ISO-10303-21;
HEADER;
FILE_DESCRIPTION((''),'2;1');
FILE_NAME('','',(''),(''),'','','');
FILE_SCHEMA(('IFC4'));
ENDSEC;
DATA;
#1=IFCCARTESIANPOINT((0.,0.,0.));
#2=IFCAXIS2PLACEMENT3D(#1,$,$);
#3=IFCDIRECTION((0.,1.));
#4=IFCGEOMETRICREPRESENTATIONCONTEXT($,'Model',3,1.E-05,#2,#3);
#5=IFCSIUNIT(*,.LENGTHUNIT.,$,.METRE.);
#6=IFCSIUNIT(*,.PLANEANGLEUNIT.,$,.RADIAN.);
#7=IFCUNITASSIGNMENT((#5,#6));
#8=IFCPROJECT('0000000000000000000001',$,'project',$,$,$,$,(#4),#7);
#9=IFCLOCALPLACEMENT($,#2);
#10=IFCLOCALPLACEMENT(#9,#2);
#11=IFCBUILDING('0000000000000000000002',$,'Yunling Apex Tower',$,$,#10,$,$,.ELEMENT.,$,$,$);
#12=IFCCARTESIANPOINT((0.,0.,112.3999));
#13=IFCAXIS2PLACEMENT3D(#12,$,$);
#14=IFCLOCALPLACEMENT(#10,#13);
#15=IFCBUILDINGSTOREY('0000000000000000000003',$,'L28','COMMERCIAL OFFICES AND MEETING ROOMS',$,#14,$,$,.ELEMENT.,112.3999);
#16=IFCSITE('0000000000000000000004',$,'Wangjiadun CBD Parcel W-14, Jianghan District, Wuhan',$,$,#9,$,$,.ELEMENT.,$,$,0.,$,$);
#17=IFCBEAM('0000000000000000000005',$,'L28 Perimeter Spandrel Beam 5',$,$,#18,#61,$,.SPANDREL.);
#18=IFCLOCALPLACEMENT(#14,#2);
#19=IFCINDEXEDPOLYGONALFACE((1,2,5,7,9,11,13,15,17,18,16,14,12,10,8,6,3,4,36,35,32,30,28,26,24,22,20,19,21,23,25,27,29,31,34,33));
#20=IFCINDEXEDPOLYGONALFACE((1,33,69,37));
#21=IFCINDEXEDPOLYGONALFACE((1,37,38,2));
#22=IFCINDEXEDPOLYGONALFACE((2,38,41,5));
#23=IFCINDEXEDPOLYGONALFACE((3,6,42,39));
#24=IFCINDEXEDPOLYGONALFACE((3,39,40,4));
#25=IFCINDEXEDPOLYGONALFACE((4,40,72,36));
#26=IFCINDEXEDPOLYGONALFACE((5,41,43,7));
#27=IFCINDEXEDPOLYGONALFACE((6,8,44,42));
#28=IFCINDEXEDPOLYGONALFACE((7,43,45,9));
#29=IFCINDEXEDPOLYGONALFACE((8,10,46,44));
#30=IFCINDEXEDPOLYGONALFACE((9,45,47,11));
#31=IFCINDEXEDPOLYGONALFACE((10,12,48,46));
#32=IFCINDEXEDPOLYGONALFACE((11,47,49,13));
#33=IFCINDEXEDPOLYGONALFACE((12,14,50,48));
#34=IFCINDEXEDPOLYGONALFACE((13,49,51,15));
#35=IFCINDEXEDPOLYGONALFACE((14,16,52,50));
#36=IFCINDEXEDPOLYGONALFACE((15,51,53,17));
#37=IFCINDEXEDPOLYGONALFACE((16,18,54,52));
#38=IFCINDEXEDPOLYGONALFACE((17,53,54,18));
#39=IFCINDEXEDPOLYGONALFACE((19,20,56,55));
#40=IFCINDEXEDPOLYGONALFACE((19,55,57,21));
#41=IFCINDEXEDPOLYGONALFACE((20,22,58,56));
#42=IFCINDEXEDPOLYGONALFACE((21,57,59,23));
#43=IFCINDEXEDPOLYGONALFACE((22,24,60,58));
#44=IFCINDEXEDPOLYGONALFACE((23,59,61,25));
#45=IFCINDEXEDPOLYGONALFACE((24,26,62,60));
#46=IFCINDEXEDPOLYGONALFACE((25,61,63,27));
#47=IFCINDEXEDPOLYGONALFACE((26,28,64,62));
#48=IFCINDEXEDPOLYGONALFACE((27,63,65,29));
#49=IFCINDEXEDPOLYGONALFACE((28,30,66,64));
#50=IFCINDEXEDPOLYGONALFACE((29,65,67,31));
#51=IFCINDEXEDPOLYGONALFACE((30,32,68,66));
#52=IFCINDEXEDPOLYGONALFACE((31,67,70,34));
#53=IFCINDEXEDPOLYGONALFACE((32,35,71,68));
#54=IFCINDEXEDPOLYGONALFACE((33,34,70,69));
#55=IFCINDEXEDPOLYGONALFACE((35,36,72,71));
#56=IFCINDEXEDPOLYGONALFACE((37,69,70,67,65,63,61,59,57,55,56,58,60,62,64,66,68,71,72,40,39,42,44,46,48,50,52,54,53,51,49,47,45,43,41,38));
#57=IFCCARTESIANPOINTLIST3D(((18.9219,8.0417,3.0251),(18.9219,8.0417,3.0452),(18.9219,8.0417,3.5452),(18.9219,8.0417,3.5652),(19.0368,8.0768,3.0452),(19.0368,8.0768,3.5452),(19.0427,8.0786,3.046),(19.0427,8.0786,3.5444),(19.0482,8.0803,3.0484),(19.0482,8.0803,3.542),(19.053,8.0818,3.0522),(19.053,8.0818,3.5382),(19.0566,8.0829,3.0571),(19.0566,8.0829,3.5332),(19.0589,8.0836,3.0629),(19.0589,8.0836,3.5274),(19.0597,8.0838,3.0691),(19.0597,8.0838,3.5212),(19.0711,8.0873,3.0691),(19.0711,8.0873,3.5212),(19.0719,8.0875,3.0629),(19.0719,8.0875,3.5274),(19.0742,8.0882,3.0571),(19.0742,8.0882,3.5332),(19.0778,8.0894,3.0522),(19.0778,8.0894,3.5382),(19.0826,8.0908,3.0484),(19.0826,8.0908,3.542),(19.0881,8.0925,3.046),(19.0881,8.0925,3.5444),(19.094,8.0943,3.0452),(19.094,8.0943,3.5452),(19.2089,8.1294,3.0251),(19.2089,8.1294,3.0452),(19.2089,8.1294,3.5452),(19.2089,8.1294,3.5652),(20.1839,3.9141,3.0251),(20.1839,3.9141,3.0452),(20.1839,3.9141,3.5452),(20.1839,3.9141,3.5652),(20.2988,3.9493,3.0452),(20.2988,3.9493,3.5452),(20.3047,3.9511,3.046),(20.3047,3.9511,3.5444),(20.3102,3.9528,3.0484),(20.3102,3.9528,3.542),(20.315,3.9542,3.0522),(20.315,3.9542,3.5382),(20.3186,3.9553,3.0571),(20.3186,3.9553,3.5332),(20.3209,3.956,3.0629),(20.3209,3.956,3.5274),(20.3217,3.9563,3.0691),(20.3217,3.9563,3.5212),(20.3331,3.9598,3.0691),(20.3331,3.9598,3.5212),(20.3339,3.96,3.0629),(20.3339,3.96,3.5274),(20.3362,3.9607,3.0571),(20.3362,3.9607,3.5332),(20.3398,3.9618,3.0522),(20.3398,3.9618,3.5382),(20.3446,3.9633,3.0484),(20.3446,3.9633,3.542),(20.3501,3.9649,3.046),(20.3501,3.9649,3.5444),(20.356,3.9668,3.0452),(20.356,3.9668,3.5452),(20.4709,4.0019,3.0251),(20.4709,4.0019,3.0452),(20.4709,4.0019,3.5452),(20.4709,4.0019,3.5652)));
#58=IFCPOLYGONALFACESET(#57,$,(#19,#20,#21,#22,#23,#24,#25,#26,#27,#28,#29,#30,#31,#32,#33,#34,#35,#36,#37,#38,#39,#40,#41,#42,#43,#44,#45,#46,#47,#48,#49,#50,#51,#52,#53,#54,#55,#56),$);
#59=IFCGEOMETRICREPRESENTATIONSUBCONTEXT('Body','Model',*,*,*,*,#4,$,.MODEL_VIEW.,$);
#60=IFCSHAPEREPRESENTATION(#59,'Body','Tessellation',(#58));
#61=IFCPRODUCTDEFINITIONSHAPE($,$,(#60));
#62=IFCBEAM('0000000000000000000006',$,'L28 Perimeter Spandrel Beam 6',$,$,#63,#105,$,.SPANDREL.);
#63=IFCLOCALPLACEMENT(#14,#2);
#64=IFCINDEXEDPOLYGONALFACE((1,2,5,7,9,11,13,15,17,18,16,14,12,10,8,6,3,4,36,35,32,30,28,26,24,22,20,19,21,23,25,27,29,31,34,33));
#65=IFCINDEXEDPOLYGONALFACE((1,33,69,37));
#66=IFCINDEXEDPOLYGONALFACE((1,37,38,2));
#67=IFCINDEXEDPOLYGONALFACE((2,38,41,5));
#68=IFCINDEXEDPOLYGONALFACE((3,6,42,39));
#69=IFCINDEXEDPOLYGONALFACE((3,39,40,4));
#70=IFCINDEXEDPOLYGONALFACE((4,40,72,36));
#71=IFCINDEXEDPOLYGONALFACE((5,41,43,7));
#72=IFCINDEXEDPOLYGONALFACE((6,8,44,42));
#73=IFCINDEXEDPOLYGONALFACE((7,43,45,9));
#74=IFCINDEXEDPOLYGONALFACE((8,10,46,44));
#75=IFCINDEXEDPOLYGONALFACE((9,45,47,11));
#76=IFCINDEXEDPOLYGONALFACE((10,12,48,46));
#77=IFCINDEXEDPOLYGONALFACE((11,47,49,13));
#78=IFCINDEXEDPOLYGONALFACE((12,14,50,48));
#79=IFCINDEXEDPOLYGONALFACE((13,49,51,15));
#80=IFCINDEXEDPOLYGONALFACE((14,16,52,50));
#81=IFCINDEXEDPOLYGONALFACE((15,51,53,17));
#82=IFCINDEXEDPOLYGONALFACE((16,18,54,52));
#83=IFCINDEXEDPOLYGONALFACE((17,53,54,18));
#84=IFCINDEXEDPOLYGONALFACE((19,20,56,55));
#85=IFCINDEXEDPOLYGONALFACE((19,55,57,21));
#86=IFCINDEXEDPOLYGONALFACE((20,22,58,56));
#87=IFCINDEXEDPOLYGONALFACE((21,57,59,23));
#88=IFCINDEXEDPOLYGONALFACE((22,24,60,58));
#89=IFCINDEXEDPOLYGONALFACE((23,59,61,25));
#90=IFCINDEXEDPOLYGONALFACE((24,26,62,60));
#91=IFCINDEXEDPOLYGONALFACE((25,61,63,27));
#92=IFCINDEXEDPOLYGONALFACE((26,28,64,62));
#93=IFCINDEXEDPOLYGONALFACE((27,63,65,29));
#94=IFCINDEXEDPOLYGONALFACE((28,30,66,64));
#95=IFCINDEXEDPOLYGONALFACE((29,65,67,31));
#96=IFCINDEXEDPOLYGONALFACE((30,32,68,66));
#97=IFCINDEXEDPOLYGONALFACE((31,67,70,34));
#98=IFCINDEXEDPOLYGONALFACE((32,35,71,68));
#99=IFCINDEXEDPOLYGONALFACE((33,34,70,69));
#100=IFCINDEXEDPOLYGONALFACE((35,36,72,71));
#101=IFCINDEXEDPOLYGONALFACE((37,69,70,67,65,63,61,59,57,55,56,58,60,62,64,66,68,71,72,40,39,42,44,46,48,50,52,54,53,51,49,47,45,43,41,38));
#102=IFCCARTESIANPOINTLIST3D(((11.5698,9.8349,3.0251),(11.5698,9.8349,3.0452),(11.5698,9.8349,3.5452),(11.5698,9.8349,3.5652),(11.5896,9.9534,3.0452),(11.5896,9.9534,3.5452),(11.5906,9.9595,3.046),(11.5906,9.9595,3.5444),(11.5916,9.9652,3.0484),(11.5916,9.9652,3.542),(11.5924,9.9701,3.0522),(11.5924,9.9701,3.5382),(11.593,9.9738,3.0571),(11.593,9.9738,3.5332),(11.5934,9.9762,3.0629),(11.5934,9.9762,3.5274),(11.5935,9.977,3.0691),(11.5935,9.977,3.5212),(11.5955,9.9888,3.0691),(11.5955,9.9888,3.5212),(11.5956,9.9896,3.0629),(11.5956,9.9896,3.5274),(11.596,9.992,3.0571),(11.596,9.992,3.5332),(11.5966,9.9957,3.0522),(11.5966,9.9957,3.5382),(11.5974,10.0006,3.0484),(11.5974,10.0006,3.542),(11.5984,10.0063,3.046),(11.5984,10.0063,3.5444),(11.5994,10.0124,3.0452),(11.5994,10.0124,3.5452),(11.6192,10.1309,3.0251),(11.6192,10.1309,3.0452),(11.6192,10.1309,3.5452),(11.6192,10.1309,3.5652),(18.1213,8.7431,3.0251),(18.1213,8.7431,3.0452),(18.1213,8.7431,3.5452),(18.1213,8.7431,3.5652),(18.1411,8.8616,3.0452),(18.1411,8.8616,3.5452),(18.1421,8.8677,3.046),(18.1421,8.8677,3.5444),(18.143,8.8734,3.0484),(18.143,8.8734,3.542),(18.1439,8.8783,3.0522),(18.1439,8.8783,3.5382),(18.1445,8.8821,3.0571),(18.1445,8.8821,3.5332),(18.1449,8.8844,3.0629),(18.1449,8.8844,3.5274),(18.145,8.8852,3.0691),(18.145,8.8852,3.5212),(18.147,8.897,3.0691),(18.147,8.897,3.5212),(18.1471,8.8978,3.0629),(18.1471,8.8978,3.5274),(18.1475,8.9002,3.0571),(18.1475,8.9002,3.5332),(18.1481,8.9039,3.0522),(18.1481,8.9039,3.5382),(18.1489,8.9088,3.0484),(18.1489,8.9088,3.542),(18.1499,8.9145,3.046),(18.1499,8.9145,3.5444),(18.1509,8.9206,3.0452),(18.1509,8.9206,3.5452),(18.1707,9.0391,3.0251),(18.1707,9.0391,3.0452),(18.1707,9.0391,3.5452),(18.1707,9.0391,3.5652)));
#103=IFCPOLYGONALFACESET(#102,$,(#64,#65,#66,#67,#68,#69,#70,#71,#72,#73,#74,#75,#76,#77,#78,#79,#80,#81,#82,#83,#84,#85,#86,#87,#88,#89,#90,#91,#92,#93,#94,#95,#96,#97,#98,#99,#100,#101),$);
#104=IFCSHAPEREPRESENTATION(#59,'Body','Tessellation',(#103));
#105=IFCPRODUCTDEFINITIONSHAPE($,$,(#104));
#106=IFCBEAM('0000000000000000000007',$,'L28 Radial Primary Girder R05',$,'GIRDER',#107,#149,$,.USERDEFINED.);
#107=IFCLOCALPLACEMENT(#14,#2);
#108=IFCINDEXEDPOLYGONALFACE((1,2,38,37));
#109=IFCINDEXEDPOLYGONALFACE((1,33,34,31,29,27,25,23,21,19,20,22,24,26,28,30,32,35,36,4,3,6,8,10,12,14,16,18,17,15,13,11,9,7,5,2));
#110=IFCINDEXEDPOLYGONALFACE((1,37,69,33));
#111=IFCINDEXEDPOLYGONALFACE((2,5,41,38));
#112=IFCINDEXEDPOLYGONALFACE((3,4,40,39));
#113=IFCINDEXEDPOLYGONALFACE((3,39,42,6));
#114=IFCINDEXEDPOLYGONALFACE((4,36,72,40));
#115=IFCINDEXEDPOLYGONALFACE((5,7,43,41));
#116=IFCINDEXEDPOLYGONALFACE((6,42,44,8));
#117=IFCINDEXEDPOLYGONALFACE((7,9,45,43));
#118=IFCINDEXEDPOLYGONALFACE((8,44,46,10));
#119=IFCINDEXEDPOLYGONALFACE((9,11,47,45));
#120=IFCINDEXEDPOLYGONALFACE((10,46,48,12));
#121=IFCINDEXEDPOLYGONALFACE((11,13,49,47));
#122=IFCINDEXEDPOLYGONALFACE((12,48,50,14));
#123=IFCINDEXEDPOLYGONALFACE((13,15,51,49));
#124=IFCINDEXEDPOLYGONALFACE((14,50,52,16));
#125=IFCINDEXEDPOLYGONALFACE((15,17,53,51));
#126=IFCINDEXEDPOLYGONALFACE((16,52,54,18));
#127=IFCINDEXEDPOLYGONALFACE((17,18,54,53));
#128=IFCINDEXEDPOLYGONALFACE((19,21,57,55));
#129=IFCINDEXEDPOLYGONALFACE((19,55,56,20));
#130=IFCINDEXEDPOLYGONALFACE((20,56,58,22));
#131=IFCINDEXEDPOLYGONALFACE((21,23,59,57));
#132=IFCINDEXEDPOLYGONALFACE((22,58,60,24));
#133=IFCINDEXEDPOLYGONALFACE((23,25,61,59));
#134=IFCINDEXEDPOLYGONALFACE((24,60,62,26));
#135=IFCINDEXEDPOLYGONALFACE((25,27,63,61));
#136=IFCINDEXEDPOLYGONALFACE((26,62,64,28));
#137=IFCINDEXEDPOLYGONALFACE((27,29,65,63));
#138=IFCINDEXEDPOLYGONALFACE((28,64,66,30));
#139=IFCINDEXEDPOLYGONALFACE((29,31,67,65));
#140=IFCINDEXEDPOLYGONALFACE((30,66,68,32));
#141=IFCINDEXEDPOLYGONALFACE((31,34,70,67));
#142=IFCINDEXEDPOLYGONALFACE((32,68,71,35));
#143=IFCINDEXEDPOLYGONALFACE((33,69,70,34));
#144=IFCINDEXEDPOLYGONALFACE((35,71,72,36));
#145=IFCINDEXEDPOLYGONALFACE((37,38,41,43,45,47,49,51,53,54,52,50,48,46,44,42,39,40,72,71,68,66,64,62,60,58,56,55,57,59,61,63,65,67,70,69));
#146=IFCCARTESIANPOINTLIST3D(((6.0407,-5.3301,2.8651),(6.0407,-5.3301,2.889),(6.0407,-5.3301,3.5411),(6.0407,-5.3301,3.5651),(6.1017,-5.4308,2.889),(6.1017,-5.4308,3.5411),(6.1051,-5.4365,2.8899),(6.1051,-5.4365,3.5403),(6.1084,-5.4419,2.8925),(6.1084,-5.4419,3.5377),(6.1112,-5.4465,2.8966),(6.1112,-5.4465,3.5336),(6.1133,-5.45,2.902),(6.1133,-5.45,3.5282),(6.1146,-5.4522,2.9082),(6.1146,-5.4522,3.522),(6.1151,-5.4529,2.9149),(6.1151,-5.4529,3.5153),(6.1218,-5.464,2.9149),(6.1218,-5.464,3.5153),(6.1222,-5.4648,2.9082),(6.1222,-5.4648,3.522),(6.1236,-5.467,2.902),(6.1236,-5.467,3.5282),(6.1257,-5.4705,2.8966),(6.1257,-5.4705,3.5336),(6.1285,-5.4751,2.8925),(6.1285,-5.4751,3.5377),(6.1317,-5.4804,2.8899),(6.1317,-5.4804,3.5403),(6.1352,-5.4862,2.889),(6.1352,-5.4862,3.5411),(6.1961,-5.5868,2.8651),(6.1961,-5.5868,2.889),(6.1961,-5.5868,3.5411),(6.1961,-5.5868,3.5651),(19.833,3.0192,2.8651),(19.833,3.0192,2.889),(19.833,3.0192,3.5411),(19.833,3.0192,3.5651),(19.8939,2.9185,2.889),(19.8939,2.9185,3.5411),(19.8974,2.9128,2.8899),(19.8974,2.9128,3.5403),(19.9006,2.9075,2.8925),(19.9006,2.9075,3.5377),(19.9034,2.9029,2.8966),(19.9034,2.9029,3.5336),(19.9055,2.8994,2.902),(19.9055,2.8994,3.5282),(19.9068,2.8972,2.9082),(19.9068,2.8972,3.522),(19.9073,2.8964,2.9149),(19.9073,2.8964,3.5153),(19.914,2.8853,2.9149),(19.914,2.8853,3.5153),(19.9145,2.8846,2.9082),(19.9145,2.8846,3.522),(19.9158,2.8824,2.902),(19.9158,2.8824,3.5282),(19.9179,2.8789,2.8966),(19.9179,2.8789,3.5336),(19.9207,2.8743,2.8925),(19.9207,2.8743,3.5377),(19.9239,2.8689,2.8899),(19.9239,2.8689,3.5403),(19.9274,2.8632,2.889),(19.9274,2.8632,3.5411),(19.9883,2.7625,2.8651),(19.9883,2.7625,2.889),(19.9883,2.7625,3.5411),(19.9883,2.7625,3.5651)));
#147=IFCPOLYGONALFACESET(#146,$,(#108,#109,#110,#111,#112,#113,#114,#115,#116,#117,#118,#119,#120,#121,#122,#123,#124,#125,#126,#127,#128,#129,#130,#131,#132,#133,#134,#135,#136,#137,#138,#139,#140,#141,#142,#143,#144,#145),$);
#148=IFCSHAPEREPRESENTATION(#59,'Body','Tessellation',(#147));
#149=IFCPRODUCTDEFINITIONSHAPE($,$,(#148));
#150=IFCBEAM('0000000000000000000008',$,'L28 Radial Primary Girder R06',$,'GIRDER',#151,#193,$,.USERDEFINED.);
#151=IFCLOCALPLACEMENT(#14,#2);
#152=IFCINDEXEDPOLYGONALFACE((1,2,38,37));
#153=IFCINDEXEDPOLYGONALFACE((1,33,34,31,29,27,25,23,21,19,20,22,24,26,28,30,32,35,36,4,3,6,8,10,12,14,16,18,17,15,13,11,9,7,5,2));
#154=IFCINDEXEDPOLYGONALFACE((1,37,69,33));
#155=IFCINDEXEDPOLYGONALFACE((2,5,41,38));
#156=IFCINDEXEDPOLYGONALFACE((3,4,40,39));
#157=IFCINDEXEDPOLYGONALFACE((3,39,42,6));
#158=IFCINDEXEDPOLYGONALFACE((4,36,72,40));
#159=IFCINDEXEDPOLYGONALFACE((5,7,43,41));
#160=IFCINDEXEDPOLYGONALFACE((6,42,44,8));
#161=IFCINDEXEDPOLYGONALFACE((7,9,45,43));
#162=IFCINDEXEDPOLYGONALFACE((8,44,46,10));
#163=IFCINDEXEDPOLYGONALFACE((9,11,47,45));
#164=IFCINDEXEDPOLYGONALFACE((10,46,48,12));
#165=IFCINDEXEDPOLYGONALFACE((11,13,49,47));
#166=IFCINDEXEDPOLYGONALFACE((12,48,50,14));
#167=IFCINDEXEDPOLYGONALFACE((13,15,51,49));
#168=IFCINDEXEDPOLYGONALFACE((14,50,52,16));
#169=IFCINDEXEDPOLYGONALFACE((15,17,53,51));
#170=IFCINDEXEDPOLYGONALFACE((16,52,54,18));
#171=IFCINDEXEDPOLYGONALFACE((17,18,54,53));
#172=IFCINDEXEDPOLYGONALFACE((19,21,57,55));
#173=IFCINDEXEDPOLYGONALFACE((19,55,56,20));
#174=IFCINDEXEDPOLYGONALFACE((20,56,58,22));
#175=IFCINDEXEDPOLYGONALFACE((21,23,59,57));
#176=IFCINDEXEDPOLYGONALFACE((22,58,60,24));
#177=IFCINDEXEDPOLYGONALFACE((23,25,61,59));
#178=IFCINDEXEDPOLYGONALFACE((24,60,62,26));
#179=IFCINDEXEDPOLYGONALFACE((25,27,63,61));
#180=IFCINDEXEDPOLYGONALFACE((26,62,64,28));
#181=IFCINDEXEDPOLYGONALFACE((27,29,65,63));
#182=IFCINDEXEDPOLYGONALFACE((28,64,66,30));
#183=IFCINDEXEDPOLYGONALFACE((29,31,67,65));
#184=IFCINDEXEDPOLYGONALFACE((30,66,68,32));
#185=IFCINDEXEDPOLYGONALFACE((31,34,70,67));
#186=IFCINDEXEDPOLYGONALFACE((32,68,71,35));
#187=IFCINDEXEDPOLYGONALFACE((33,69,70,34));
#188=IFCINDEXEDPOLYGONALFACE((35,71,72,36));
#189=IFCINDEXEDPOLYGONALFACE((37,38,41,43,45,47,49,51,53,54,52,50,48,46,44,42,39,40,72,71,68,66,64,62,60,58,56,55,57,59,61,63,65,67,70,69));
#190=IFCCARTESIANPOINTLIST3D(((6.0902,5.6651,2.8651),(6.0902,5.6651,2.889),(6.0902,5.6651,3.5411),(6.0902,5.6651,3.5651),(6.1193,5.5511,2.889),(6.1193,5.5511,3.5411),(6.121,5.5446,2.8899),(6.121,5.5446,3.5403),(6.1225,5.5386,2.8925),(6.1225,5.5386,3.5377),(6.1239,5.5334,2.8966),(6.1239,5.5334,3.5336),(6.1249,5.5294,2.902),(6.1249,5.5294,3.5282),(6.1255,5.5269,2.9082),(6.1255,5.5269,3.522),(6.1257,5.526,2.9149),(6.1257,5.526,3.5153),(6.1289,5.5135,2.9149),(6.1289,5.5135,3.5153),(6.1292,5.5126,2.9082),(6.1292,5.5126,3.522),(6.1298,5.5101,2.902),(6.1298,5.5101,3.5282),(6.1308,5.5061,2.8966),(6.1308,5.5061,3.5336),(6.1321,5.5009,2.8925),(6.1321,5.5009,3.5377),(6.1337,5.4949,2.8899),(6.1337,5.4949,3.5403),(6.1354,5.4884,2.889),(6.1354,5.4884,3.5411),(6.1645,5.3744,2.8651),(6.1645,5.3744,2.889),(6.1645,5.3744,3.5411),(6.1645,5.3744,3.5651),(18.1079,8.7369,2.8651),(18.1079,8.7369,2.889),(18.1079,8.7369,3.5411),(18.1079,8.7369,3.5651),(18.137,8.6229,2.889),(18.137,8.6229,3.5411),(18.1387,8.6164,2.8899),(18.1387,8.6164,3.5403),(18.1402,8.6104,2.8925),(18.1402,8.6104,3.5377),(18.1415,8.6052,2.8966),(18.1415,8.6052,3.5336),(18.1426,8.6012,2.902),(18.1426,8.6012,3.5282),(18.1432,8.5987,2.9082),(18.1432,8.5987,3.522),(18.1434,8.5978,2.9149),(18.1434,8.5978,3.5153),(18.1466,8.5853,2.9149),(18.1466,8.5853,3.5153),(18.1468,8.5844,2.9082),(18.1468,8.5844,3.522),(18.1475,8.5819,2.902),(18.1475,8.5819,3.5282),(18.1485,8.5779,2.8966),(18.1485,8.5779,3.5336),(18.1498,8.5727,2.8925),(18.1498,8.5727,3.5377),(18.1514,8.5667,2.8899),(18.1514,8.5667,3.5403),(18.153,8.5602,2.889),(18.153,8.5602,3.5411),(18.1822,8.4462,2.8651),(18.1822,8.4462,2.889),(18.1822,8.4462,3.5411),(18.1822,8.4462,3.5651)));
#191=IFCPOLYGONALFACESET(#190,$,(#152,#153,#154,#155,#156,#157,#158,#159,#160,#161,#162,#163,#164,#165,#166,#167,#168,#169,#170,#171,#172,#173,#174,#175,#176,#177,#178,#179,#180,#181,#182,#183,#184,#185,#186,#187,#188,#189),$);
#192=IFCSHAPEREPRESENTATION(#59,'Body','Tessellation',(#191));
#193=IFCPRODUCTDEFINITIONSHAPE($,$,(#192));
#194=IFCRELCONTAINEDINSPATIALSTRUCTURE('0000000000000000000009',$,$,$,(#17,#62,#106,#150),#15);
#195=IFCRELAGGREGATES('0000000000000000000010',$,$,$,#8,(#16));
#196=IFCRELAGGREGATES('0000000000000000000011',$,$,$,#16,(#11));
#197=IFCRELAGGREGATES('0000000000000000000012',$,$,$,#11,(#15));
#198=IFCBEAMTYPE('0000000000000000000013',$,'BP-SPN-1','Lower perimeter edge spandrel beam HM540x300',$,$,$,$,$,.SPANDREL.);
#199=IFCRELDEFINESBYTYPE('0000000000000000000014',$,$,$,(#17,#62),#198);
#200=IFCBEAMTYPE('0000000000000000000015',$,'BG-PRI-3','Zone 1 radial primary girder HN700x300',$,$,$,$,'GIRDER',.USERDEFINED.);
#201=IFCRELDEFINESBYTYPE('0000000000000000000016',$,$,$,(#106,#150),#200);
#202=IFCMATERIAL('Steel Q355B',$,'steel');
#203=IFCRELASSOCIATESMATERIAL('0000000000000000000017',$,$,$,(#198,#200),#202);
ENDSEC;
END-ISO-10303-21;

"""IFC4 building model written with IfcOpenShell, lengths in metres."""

from ifc_helpers import new_model, si_unit, direction, frame, origin, origin_2d, place, context, subcontext, project, spatial, i_section, extrude, source, transform, mapped, material, material_profile, profile_set, type_object, element, save


model = new_model("IFC4")

# Units and contexts
model_context = context("Model", 3, precision=1e-05, world=origin(), true_north=direction((0.0, 1.0)))
body_context = subcontext(model_context, "Body", "Model", "MODEL_VIEW")
ifc_project = project(units=[si_unit("LENGTHUNIT", "METRE"), si_unit("PLANEANGLEUNIT", "RADIAN")], contexts=[model_context])

# Site, building, storey
site_placement = place(None, origin())
site = spatial("IfcSite", under=ifc_project, at=site_placement, Name="Wangjiadun CBD Parcel W-14, Jianghan District, Wuhan", CompositionType="ELEMENT", RefElevation=0.0)
building_placement = place(site_placement, origin())
building = spatial("IfcBuilding", under=site, at=building_placement, Name="Yunling Apex Tower", CompositionType="ELEMENT")
storey_placement = place(building_placement, frame((0.0, 0.0, 112.3999)))
storey = spatial("IfcBuildingStorey", under=building, at=storey_placement, Name="L28", Description="COMMERCIAL OFFICES AND MEETING ROOMS", CompositionType="ELEMENT", Elevation=112.3999)

# Beams
ifc_material_1 = material(Name="Steel Q355B", Category="steel")
ifc_material_profile_1 = material_profile(ifc_material_1, i_section(OverallWidth=0.3, OverallDepth=0.54, WebThickness=0.012, FlangeThickness=0.02, FilletRadius=0.0239, at=origin_2d()))
ifc_profile_set_1 = profile_set([ifc_material_profile_1], Name="Steel Q355B")
beam_type_1 = type_object("IfcBeamType", Name="BP-SPN-1", Description="Lower perimeter edge spandrel beam HM540x300", PredefinedType="SPANDREL", material=ifc_profile_set_1)
shared_shape_1 = source(origin(), body_context, "Body", "SweptSolid", [
    extrude(i_section(OverallWidth=0.3, OverallDepth=0.54, WebThickness=0.012, FlangeThickness=0.02, FilletRadius=0.0239, at=origin_2d()), origin(), (0.0, 0.0, 1.0), 4.3162),
])
beam_1_placement = place(storey_placement, frame((20.3274, 3.958, 3.2952), z_axis=(-0.292388, 0.9563, 0.0), x_axis=(-0.9563, -0.292388, 0.0)))
element("IfcBeam", 1, at=beam_1_placement, inside=storey, type_object=beam_type_1, Name="L28 Perimeter Spandrel Beam 5", PredefinedType="SPANDREL", context=body_context, shape_type="MappedRepresentation", body=[
    mapped(shared_shape_1, transform((0.0, 0.0, 0.0), scale=1.0)),
])
shared_shape_2 = source(origin(), body_context, "Body", "SweptSolid", [
    extrude(i_section(OverallWidth=0.3, OverallDepth=0.54, WebThickness=0.012, FlangeThickness=0.02, FilletRadius=0.0239, at=origin_2d()), origin(), (0.0, 0.0, 1.0), 6.6418),
])
beam_2_placement = place(storey_placement, frame((18.146, 8.8911, 3.2952), z_axis=(-0.986397, 0.164381, 0.0), x_axis=(-0.164381, -0.986397, 0.0)))
element("IfcBeam", 2, at=beam_2_placement, inside=storey, type_object=beam_type_1, Name="L28 Perimeter Spandrel Beam 6", PredefinedType="SPANDREL", context=body_context, shape_type="MappedRepresentation", body=[
    mapped(shared_shape_2, transform((0.0, 0.0, 0.0), scale=1.0)),
])
ifc_material_profile_2 = material_profile(ifc_material_1, i_section(OverallWidth=0.3, OverallDepth=0.7, WebThickness=0.0129, FlangeThickness=0.0239, FilletRadius=0.0259, at=origin_2d()))
ifc_profile_set_2 = profile_set([ifc_material_profile_2], Name="Steel Q355B")
beam_type_2 = type_object("IfcBeamType", Name="BG-PRI-3", Description="Zone 1 radial primary girder HN700x300", ElementType="GIRDER", PredefinedType="USERDEFINED", material=ifc_profile_set_2)
shared_shape_3 = source(origin(), body_context, "Body", "SweptSolid", [
    extrude(i_section(OverallWidth=0.3, OverallDepth=0.7, WebThickness=0.0129, FlangeThickness=0.0239, FilletRadius=0.0259, at=origin_2d()), origin(), (0.0, 0.0, 1.0), 16.1226),
])
beam_3_placement = place(storey_placement, frame((19.9106, 2.8909, 3.2151), z_axis=(-0.855461, -0.517868, 0.0), x_axis=(0.517868, -0.855461, 0.0)))
element("IfcBeam", 3, at=beam_3_placement, inside=storey, type_object=beam_type_2, Name="L28 Radial Primary Girder R05", ObjectType="GIRDER", PredefinedType="USERDEFINED", context=body_context, shape_type="MappedRepresentation", body=[
    mapped(shared_shape_3, transform((0.0, 0.0, 0.0), scale=1.0)),
])
shared_shape_4 = source(origin(), body_context, "Body", "SweptSolid", [
    extrude(i_section(OverallWidth=0.3, OverallDepth=0.7, WebThickness=0.0129, FlangeThickness=0.0239, FilletRadius=0.0259, at=origin_2d()), origin(), (0.0, 0.0, 1.0), 12.4041),
])
beam_4_placement = place(storey_placement, frame((18.145, 8.5916, 3.2151), z_axis=(-0.968851, -0.247645, 0.0), x_axis=(0.247645, -0.968851, 0.0)))
element("IfcBeam", 4, at=beam_4_placement, inside=storey, type_object=beam_type_2, Name="L28 Radial Primary Girder R06", ObjectType="GIRDER", PredefinedType="USERDEFINED", context=body_context, shape_type="MappedRepresentation", body=[
    mapped(shared_shape_4, transform((0.0, 0.0, 0.0), scale=1.0)),
])

save(model, "model.ifc")
